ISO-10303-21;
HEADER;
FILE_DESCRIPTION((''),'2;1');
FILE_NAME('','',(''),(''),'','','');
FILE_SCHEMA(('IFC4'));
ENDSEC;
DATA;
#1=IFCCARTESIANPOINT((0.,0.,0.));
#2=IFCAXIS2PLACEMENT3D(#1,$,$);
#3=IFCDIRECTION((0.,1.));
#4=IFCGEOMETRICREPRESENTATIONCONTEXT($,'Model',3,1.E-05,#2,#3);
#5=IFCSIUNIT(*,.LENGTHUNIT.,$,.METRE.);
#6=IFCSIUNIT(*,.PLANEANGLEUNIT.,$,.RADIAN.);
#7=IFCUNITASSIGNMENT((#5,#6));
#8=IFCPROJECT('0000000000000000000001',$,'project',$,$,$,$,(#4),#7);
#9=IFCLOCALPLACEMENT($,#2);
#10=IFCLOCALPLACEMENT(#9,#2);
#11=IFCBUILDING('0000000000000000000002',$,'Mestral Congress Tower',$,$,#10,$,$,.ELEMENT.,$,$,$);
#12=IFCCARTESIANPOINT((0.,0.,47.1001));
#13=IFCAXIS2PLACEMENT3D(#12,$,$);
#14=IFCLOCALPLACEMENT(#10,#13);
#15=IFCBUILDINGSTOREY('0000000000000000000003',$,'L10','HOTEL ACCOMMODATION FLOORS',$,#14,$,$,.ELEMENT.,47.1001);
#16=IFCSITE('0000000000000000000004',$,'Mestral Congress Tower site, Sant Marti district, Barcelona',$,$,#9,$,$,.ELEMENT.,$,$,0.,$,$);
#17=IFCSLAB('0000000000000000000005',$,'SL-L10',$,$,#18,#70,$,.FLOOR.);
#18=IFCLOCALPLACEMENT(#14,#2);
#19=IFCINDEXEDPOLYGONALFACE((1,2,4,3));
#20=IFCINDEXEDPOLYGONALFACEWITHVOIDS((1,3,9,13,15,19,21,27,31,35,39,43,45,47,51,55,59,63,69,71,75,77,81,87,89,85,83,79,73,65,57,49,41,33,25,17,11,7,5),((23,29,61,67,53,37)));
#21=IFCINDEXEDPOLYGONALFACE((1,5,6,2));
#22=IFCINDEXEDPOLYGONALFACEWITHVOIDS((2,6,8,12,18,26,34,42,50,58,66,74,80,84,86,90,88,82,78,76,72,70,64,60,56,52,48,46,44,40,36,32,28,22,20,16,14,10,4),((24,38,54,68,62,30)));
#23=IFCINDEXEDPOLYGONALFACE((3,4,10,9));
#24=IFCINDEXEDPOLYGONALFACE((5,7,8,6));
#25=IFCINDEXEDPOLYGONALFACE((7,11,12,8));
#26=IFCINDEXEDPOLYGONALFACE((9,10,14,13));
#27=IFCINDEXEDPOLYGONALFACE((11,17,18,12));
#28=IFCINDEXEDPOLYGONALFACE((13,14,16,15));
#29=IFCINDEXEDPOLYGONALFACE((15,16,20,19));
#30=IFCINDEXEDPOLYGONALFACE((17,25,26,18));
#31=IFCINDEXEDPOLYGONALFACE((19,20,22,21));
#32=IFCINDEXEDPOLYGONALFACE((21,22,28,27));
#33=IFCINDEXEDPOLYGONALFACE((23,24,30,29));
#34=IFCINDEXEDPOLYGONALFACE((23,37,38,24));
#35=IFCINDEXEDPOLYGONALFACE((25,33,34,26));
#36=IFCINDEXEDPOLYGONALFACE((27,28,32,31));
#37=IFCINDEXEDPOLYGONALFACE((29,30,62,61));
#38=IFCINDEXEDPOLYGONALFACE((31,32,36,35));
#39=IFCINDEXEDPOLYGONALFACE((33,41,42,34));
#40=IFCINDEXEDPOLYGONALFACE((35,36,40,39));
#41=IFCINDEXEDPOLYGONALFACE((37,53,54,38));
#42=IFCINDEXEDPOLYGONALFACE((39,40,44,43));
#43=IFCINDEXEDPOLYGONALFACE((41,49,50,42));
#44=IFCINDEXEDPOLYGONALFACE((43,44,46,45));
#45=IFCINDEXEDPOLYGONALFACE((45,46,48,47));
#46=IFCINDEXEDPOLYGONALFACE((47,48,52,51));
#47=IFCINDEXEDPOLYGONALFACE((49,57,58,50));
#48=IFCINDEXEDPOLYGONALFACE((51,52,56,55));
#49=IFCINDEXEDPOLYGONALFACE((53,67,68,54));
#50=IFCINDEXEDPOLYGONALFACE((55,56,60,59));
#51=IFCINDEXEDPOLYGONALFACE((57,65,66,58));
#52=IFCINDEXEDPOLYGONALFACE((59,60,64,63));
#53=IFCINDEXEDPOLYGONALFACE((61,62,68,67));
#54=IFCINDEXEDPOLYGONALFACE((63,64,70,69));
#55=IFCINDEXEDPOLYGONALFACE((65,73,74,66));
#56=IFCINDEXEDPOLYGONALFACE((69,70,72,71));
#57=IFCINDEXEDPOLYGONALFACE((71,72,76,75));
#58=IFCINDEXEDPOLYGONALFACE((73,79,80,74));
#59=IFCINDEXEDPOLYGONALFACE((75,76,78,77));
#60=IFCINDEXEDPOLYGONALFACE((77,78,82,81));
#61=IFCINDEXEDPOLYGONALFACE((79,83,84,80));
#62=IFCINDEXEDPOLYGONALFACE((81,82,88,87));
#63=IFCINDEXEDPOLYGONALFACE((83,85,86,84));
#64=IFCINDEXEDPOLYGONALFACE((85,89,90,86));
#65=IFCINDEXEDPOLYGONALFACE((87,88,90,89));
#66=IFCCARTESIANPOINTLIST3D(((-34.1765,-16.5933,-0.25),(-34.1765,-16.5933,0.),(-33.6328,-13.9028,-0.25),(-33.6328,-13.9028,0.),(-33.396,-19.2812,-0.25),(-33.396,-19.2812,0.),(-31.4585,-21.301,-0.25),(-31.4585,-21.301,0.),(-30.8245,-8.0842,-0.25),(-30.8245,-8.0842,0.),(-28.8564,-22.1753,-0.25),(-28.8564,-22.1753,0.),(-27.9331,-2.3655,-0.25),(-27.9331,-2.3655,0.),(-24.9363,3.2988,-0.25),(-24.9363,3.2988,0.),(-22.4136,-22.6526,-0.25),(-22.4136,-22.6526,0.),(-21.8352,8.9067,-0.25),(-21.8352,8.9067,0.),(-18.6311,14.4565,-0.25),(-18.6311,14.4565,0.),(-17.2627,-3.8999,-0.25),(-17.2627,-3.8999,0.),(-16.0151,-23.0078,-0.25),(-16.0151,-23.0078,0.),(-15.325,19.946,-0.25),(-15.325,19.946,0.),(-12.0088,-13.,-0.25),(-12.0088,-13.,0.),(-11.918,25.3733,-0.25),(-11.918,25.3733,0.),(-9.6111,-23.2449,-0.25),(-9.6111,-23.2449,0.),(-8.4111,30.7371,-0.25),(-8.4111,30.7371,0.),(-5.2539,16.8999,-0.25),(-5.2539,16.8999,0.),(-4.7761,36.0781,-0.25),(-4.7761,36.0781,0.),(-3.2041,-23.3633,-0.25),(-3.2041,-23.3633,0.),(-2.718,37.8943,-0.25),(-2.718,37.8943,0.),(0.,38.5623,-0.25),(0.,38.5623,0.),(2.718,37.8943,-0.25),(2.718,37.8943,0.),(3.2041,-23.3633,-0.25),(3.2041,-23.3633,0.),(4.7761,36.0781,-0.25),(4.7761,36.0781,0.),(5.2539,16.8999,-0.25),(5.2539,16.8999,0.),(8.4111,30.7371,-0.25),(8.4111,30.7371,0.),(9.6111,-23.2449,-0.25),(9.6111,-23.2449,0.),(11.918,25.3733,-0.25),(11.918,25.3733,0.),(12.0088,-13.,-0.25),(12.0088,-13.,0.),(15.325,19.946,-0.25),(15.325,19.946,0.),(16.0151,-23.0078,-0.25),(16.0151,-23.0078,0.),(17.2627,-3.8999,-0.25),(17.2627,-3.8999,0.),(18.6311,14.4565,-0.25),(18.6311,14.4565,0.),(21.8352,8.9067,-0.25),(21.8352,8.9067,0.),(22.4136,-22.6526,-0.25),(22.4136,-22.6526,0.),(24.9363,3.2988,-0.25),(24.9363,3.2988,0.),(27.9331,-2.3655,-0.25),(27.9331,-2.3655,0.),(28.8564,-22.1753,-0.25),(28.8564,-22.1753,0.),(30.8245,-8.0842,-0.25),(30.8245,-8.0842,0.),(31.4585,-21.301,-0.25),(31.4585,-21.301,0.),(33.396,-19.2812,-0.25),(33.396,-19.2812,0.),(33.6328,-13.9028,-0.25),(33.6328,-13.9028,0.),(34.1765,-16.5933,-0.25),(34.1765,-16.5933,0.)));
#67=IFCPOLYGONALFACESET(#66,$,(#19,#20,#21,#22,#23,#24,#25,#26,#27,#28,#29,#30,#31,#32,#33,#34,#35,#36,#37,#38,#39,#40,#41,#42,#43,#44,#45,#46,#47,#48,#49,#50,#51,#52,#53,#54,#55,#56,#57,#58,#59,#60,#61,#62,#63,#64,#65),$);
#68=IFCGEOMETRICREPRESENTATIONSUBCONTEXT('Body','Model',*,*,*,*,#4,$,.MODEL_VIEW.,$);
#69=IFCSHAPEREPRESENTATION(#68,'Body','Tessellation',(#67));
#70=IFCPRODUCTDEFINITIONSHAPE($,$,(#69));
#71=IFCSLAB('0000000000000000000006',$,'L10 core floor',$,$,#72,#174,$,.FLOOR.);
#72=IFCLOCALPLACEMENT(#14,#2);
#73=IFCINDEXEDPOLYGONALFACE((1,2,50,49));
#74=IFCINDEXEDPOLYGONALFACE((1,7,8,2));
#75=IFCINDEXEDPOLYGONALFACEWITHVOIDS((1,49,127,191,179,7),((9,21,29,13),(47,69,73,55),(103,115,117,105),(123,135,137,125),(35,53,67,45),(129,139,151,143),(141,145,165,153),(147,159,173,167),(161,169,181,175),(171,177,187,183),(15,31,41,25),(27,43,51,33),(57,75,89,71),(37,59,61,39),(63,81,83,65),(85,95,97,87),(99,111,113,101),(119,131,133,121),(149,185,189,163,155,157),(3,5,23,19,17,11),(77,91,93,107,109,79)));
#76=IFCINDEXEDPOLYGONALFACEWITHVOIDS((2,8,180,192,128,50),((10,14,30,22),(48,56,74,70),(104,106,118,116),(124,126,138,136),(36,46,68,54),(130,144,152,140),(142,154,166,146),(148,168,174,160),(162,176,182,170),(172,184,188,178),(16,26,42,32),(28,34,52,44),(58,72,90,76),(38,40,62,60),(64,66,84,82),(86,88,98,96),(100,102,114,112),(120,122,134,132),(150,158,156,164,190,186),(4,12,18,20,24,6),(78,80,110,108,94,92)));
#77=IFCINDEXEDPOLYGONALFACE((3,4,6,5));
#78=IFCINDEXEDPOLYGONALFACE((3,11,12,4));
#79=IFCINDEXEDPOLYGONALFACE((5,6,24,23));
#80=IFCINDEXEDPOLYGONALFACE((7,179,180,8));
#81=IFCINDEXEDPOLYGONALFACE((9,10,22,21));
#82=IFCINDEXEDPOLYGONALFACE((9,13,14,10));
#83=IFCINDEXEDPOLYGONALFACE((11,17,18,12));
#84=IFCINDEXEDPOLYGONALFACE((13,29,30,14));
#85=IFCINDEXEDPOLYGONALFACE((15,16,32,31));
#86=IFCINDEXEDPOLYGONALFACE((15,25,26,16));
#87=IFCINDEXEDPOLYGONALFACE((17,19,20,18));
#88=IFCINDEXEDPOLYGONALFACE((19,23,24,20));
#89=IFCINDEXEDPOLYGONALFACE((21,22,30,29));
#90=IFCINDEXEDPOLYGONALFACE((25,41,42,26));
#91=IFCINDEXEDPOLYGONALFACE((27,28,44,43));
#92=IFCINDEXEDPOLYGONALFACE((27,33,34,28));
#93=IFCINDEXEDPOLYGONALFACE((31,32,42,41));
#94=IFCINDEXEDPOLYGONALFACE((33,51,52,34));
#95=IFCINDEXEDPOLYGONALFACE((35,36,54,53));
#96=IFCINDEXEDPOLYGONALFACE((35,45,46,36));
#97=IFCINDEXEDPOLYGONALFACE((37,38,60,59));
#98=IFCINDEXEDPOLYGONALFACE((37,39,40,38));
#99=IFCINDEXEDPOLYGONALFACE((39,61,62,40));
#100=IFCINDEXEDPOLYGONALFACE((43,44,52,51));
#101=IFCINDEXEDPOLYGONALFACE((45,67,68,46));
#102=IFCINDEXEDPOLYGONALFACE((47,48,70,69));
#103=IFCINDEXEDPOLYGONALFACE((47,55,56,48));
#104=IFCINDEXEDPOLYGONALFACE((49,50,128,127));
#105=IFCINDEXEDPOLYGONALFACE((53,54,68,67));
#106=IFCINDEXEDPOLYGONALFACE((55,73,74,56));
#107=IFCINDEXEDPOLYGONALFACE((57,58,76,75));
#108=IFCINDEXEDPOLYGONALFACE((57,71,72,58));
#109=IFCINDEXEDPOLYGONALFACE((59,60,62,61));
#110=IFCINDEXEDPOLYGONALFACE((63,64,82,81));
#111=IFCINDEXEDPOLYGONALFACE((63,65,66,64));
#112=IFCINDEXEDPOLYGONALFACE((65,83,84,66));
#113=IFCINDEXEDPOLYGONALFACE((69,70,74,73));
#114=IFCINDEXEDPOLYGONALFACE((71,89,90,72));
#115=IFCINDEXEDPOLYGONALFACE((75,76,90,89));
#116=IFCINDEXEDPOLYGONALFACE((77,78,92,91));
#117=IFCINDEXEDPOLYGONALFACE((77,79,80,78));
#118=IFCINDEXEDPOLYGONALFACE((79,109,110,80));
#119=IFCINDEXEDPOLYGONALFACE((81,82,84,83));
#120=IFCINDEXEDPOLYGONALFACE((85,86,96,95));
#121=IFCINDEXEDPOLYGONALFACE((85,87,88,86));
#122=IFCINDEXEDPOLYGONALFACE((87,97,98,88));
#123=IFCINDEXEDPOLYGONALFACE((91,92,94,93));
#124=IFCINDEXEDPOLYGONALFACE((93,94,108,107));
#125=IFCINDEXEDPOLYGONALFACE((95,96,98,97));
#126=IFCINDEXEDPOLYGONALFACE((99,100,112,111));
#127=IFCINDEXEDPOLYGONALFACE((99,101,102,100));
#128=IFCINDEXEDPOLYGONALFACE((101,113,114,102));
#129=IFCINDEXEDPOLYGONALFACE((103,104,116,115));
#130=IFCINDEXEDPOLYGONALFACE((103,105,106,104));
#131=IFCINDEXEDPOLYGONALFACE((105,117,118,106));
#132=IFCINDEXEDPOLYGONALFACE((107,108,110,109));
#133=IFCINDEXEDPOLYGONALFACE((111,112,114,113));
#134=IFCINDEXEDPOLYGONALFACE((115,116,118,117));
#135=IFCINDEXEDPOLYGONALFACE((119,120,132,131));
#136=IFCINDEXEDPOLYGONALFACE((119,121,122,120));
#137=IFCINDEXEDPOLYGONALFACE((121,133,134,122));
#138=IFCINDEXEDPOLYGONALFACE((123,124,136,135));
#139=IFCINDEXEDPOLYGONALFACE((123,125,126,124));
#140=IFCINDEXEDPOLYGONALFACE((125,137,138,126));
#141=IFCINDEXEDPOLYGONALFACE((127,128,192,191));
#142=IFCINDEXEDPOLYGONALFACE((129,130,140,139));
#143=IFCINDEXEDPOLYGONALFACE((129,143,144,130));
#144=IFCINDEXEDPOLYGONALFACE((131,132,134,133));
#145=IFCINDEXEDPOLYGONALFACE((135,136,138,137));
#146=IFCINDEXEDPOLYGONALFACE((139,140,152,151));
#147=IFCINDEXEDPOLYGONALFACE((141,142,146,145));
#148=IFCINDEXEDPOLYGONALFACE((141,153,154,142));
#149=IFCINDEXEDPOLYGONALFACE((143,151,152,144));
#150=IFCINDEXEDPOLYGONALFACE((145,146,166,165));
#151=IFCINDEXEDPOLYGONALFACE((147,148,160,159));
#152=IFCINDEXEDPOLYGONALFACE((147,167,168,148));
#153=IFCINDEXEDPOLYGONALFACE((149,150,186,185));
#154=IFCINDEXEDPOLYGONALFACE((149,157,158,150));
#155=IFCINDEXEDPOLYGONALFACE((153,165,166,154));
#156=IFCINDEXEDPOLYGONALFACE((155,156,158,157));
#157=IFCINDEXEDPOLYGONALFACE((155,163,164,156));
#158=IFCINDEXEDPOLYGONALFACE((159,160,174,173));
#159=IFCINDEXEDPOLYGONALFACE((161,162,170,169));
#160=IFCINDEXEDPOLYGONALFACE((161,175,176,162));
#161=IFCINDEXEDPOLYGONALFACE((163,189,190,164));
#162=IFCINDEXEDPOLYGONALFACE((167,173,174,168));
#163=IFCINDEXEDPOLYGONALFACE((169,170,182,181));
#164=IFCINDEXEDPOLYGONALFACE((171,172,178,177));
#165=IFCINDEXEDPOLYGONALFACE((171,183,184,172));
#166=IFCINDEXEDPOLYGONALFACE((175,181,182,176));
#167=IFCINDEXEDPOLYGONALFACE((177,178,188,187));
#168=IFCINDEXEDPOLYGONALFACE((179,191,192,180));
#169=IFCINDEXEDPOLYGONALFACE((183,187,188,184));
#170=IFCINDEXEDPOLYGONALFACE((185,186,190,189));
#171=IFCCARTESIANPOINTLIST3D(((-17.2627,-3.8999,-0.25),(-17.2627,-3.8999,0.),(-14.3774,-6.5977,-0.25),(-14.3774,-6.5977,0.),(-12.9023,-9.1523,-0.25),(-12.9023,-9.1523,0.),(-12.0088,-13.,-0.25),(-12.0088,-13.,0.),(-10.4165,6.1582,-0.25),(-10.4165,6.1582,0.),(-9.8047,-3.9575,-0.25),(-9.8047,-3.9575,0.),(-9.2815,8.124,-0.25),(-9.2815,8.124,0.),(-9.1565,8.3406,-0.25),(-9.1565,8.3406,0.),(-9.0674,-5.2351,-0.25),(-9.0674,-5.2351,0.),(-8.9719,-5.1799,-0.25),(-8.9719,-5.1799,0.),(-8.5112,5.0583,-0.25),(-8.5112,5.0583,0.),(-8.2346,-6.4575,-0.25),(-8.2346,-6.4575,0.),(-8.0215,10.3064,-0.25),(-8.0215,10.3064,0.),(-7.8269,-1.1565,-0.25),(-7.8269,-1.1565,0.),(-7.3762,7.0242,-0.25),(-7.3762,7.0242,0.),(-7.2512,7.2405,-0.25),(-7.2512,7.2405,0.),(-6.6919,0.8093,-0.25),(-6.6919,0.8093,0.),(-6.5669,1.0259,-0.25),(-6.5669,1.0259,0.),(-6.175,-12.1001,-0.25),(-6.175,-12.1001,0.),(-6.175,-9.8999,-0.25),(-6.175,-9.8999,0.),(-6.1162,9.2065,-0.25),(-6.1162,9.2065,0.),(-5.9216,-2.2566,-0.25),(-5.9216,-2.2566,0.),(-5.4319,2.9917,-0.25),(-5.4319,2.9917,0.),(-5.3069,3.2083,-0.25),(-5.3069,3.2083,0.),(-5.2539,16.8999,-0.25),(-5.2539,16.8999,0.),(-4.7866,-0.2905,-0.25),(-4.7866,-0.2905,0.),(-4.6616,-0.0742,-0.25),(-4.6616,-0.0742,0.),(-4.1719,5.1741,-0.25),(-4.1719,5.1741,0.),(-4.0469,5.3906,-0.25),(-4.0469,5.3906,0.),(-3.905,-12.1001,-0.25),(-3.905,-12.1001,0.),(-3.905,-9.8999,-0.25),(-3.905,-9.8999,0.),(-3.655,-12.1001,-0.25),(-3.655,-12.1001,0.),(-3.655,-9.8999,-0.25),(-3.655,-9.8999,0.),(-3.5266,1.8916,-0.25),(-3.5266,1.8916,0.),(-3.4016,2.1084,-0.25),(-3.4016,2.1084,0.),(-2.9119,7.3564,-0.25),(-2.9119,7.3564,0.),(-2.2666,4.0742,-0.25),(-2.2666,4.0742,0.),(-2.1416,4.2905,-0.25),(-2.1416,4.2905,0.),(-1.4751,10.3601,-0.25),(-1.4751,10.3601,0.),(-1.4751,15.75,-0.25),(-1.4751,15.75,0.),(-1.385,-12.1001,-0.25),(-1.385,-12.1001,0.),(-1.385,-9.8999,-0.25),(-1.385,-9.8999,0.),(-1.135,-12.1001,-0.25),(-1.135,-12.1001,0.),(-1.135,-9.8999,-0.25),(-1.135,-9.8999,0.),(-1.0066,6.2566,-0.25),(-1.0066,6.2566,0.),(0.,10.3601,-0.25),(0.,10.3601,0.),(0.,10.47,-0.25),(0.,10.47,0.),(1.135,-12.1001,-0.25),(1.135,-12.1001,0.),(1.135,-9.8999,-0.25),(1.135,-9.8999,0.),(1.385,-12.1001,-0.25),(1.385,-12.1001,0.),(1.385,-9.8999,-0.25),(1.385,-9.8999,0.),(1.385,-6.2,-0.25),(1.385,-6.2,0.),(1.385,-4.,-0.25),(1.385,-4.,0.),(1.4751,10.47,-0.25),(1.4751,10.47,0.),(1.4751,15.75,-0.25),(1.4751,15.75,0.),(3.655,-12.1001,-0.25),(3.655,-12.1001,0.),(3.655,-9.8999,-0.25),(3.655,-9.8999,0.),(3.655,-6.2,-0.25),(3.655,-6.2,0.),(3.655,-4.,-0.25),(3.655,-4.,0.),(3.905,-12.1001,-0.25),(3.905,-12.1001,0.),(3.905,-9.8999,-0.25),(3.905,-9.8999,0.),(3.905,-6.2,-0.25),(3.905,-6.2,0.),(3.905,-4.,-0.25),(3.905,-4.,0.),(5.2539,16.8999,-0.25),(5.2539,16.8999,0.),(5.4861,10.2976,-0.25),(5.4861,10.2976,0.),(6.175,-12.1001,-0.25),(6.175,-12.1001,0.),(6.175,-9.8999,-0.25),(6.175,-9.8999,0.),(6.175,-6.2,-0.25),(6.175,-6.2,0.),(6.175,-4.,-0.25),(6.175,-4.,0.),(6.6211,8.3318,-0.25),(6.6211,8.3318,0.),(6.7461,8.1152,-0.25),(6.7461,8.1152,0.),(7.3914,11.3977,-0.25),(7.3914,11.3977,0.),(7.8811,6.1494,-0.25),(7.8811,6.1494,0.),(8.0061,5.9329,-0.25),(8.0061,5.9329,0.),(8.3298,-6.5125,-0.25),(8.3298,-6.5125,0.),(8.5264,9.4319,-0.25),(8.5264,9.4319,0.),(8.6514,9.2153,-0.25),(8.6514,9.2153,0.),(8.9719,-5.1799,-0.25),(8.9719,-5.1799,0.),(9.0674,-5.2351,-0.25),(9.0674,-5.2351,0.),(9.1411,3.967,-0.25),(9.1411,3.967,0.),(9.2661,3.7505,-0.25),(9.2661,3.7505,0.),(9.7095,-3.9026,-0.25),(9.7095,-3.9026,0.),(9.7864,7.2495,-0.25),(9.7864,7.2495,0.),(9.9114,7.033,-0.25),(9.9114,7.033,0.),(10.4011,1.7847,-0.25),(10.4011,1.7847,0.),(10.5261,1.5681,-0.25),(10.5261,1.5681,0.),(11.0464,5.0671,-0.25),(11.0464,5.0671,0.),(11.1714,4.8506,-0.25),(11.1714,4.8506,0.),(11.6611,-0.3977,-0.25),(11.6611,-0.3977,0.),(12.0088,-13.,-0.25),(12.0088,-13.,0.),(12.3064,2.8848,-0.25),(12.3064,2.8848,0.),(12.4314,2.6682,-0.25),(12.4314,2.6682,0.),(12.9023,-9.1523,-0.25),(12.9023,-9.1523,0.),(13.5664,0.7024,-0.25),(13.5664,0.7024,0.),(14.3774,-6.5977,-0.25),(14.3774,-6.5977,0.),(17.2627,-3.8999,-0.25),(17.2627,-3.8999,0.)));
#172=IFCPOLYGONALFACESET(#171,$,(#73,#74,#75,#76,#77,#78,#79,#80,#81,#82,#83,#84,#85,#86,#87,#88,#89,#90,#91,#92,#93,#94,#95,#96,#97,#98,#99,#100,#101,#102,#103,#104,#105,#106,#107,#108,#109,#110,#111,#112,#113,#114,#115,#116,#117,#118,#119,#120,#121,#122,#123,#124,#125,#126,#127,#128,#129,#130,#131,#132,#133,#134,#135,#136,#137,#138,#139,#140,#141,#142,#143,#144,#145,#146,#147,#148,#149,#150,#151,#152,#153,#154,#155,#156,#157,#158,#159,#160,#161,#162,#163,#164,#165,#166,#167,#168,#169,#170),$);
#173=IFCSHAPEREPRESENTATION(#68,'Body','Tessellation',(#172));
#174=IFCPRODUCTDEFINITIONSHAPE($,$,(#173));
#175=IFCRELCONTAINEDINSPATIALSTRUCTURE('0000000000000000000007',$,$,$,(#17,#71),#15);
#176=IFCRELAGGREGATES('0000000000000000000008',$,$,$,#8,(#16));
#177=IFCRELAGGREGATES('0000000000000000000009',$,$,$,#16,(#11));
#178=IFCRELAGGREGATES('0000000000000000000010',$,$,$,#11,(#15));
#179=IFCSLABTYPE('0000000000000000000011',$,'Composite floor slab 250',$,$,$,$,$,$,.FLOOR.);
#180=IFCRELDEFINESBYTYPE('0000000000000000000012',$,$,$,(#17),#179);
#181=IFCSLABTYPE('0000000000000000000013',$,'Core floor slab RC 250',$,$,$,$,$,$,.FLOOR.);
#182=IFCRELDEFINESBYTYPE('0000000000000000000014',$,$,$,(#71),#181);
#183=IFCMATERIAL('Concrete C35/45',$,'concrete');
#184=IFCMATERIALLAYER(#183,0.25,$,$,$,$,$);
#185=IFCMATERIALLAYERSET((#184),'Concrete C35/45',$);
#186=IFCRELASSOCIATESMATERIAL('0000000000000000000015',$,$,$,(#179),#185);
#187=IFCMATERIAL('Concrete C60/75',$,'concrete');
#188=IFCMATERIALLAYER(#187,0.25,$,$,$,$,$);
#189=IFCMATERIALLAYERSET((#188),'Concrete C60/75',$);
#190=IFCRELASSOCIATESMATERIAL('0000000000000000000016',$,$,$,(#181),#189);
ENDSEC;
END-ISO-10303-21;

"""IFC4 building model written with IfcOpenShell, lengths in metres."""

from ifc_helpers import new_model, si_unit, direction, frame, origin, place, context, subcontext, project, spatial, polyline, outline, extrude, material, layer, layer_set, type_object, element, save


model = new_model("IFC4")

# Units and contexts
model_context = context("Model", 3, precision=1e-05, world=origin(), true_north=direction((0.0, 1.0)))
body_context = subcontext(model_context, "Body", "Model", "MODEL_VIEW")
ifc_project = project(units=[si_unit("LENGTHUNIT", "METRE"), si_unit("PLANEANGLEUNIT", "RADIAN")], contexts=[model_context])

# Site, building, storey
site_placement = place(None, origin())
site = spatial("IfcSite", under=ifc_project, at=site_placement, Name="Mestral Congress Tower site, Sant Marti district, Barcelona", CompositionType="ELEMENT", RefElevation=0.0)
building_placement = place(site_placement, origin())
building = spatial("IfcBuilding", under=site, at=building_placement, Name="Mestral Congress Tower", CompositionType="ELEMENT")
storey_placement = place(building_placement, frame((0.0, 0.0, 47.1001)))
storey = spatial("IfcBuildingStorey", under=building, at=storey_placement, Name="L10", Description="HOTEL ACCOMMODATION FLOORS", CompositionType="ELEMENT", Elevation=47.1001)

# Slabs
ifc_material_1 = material(Name="Concrete C35/45", Category="concrete")
ifc_layer_1 = layer(ifc_material_1, 0.25)
ifc_layer_set_1 = layer_set([ifc_layer_1], Name="Concrete C35/45")
slab_type_1 = type_object("IfcSlabType", Name="Composite floor slab 250", PredefinedType="FLOOR", material=ifc_layer_set_1)
placement_1 = place(storey_placement, frame((0.0, 0.0, -0.25)))
element("IfcSlab", 1, at=placement_1, inside=storey, type_object=slab_type_1, Name="SL-L10", PredefinedType="FLOOR", context=body_context, shape_type="SweptSolid", body=[
    extrude(outline(polyline([(-28.8564, -22.1753), (-31.4585, -21.301), (-33.396, -19.2812), (-34.1765, -16.5933), (-33.6328, -13.9028), (-30.8245, -8.0842), (-27.9331, -2.3655), (-24.9363, 3.2988), (-21.8352, 8.9067), (-18.6311, 14.4565), (-15.325, 19.946), (-11.918, 25.3733), (-8.4111, 30.7371), (-4.7761, 36.0781), (-2.718, 37.8943), (0.0, 38.5623), (2.718, 37.8943), (4.7761, 36.0781), (8.4111, 30.7371), (11.918, 25.3733), (15.325, 19.946), (18.6311, 14.4565), (21.8352, 8.9067), (24.9363, 3.2988), (27.9331, -2.3655), (30.8245, -8.0842), (33.6328, -13.9028), (34.1765, -16.5933), (33.396, -19.2812), (31.4585, -21.301), (28.8564, -22.1753), (22.4136, -22.6526), (16.0151, -23.0078), (9.6111, -23.2449), (3.2041, -23.3633), (-3.2041, -23.3633), (-9.6111, -23.2449), (-16.0151, -23.0078), (-22.4136, -22.6526), (-28.8564, -22.1753)]), holes=[polyline([(-5.2539, 16.8999), (-17.2627, -3.8999), (-12.0088, -13.0), (12.0088, -13.0), (17.2627, -3.8999), (5.2539, 16.8999), (-5.2539, 16.8999)])]), origin(), (0.0, 0.0, 1.0), 0.25),
])
ifc_material_2 = material(Name="Concrete C60/75", Category="concrete")
ifc_layer_2 = layer(ifc_material_2, 0.25)
ifc_layer_set_2 = layer_set([ifc_layer_2], Name="Concrete C60/75")
slab_type_2 = type_object("IfcSlabType", Name="Core floor slab RC 250", PredefinedType="FLOOR", material=ifc_layer_set_2)
element("IfcSlab", 2, at=placement_1, inside=storey, type_object=slab_type_2, Name="L10 core floor", PredefinedType="FLOOR", context=body_context, shape_type="SweptSolid", body=[
    extrude(outline(polyline([(12.0088, -13.0), (-12.0088, -13.0), (-17.2627, -3.8999), (-5.2539, 16.8999), (5.2539, 16.8999), (17.2627, -3.8999), (12.0088, -13.0)]), holes=[polyline([(-3.905, -9.8999), (-6.175, -9.8999), (-6.175, -12.1001), (-3.905, -12.1001), (-3.905, -9.8999)]), polyline([(-1.385, -9.8999), (-3.655, -9.8999), (-3.655, -12.1001), (-1.385, -12.1001), (-1.385, -9.8999)]), polyline([(1.135, -9.8999), (-1.135, -9.8999), (-1.135, -12.1001), (1.135, -12.1001), (1.135, -9.8999)]), polyline([(-9.0674, -5.2351), (-9.8047, -3.9575), (-14.3774, -6.5977), (-12.9023, -9.1523), (-8.2346, -6.4575), (-8.9719, -5.1799), (-9.0674, -5.2351)]), polyline([(-7.8269, -1.1565), (-5.9216, -2.2566), (-4.7866, -0.2905), (-6.6919, 0.8093), (-7.8269, -1.1565)]), polyline([(-4.6616, -0.0742), (-3.5266, 1.8916), (-5.4319, 2.9917), (-6.5669, 1.0259), (-4.6616, -0.0742)]), polyline([(-3.4016, 2.1084), (-2.2666, 4.0742), (-4.1719, 5.1741), (-5.3069, 3.2083), (-3.4016, 2.1084)]), polyline([(-2.1416, 4.2905), (-1.0066, 6.2566), (-2.9119, 7.3564), (-4.0469, 5.3906), (-2.1416, 4.2905)]), polyline([(-10.4165, 6.1582), (-8.5112, 5.0583), (-7.3762, 7.0242), (-9.2815, 8.124), (-10.4165, 6.1582)]), polyline([(-9.1565, 8.3406), (-7.2512, 7.2405), (-6.1162, 9.2065), (-8.0215, 10.3064), (-9.1565, 8.3406)]), polyline([(1.4751, 10.47), (1.4751, 15.75), (-1.4751, 15.75), (-1.4751, 10.3601), (0.0, 10.3601), (0.0, 10.47), (1.4751, 10.47)]), polyline([(3.655, -9.8999), (1.385, -9.8999), (1.385, -12.1001), (3.655, -12.1001), (3.655, -9.8999)]), polyline([(6.175, -9.8999), (3.905, -9.8999), (3.905, -12.1001), (6.175, -12.1001), (6.175, -9.8999)]), polyline([(9.0674, -5.2351), (8.3298, -6.5125), (12.9023, -9.1523), (14.3774, -6.5977), (9.7095, -3.9026), (8.9719, -5.1799), (9.0674, -5.2351)]), polyline([(3.655, -6.2), (3.655, -4.0), (1.385, -4.0), (1.385, -6.2), (3.655, -6.2)]), polyline([(6.175, -4.0), (3.905, -4.0), (3.905, -6.2), (6.175, -6.2), (6.175, -4.0)]), polyline([(12.4314, 2.6682), (10.5261, 1.5681), (11.6611, -0.3977), (13.5664, 0.7024), (12.4314, 2.6682)]), polyline([(11.1714, 4.8506), (9.2661, 3.7505), (10.4011, 1.7847), (12.3064, 2.8848), (11.1714, 4.8506)]), polyline([(8.0061, 5.9329), (9.1411, 3.967), (11.0464, 5.0671), (9.9114, 7.033), (8.0061, 5.9329)]), polyline([(8.6514, 9.2153), (6.7461, 8.1152), (7.8811, 6.1494), (9.7864, 7.2495), (8.6514, 9.2153)]), polyline([(7.3914, 11.3977), (5.4861, 10.2976), (6.6211, 8.3318), (8.5264, 9.4319), (7.3914, 11.3977)])]), origin(), (0.0, 0.0, 1.0), 0.25),
])

save(model, "model.ifc")
